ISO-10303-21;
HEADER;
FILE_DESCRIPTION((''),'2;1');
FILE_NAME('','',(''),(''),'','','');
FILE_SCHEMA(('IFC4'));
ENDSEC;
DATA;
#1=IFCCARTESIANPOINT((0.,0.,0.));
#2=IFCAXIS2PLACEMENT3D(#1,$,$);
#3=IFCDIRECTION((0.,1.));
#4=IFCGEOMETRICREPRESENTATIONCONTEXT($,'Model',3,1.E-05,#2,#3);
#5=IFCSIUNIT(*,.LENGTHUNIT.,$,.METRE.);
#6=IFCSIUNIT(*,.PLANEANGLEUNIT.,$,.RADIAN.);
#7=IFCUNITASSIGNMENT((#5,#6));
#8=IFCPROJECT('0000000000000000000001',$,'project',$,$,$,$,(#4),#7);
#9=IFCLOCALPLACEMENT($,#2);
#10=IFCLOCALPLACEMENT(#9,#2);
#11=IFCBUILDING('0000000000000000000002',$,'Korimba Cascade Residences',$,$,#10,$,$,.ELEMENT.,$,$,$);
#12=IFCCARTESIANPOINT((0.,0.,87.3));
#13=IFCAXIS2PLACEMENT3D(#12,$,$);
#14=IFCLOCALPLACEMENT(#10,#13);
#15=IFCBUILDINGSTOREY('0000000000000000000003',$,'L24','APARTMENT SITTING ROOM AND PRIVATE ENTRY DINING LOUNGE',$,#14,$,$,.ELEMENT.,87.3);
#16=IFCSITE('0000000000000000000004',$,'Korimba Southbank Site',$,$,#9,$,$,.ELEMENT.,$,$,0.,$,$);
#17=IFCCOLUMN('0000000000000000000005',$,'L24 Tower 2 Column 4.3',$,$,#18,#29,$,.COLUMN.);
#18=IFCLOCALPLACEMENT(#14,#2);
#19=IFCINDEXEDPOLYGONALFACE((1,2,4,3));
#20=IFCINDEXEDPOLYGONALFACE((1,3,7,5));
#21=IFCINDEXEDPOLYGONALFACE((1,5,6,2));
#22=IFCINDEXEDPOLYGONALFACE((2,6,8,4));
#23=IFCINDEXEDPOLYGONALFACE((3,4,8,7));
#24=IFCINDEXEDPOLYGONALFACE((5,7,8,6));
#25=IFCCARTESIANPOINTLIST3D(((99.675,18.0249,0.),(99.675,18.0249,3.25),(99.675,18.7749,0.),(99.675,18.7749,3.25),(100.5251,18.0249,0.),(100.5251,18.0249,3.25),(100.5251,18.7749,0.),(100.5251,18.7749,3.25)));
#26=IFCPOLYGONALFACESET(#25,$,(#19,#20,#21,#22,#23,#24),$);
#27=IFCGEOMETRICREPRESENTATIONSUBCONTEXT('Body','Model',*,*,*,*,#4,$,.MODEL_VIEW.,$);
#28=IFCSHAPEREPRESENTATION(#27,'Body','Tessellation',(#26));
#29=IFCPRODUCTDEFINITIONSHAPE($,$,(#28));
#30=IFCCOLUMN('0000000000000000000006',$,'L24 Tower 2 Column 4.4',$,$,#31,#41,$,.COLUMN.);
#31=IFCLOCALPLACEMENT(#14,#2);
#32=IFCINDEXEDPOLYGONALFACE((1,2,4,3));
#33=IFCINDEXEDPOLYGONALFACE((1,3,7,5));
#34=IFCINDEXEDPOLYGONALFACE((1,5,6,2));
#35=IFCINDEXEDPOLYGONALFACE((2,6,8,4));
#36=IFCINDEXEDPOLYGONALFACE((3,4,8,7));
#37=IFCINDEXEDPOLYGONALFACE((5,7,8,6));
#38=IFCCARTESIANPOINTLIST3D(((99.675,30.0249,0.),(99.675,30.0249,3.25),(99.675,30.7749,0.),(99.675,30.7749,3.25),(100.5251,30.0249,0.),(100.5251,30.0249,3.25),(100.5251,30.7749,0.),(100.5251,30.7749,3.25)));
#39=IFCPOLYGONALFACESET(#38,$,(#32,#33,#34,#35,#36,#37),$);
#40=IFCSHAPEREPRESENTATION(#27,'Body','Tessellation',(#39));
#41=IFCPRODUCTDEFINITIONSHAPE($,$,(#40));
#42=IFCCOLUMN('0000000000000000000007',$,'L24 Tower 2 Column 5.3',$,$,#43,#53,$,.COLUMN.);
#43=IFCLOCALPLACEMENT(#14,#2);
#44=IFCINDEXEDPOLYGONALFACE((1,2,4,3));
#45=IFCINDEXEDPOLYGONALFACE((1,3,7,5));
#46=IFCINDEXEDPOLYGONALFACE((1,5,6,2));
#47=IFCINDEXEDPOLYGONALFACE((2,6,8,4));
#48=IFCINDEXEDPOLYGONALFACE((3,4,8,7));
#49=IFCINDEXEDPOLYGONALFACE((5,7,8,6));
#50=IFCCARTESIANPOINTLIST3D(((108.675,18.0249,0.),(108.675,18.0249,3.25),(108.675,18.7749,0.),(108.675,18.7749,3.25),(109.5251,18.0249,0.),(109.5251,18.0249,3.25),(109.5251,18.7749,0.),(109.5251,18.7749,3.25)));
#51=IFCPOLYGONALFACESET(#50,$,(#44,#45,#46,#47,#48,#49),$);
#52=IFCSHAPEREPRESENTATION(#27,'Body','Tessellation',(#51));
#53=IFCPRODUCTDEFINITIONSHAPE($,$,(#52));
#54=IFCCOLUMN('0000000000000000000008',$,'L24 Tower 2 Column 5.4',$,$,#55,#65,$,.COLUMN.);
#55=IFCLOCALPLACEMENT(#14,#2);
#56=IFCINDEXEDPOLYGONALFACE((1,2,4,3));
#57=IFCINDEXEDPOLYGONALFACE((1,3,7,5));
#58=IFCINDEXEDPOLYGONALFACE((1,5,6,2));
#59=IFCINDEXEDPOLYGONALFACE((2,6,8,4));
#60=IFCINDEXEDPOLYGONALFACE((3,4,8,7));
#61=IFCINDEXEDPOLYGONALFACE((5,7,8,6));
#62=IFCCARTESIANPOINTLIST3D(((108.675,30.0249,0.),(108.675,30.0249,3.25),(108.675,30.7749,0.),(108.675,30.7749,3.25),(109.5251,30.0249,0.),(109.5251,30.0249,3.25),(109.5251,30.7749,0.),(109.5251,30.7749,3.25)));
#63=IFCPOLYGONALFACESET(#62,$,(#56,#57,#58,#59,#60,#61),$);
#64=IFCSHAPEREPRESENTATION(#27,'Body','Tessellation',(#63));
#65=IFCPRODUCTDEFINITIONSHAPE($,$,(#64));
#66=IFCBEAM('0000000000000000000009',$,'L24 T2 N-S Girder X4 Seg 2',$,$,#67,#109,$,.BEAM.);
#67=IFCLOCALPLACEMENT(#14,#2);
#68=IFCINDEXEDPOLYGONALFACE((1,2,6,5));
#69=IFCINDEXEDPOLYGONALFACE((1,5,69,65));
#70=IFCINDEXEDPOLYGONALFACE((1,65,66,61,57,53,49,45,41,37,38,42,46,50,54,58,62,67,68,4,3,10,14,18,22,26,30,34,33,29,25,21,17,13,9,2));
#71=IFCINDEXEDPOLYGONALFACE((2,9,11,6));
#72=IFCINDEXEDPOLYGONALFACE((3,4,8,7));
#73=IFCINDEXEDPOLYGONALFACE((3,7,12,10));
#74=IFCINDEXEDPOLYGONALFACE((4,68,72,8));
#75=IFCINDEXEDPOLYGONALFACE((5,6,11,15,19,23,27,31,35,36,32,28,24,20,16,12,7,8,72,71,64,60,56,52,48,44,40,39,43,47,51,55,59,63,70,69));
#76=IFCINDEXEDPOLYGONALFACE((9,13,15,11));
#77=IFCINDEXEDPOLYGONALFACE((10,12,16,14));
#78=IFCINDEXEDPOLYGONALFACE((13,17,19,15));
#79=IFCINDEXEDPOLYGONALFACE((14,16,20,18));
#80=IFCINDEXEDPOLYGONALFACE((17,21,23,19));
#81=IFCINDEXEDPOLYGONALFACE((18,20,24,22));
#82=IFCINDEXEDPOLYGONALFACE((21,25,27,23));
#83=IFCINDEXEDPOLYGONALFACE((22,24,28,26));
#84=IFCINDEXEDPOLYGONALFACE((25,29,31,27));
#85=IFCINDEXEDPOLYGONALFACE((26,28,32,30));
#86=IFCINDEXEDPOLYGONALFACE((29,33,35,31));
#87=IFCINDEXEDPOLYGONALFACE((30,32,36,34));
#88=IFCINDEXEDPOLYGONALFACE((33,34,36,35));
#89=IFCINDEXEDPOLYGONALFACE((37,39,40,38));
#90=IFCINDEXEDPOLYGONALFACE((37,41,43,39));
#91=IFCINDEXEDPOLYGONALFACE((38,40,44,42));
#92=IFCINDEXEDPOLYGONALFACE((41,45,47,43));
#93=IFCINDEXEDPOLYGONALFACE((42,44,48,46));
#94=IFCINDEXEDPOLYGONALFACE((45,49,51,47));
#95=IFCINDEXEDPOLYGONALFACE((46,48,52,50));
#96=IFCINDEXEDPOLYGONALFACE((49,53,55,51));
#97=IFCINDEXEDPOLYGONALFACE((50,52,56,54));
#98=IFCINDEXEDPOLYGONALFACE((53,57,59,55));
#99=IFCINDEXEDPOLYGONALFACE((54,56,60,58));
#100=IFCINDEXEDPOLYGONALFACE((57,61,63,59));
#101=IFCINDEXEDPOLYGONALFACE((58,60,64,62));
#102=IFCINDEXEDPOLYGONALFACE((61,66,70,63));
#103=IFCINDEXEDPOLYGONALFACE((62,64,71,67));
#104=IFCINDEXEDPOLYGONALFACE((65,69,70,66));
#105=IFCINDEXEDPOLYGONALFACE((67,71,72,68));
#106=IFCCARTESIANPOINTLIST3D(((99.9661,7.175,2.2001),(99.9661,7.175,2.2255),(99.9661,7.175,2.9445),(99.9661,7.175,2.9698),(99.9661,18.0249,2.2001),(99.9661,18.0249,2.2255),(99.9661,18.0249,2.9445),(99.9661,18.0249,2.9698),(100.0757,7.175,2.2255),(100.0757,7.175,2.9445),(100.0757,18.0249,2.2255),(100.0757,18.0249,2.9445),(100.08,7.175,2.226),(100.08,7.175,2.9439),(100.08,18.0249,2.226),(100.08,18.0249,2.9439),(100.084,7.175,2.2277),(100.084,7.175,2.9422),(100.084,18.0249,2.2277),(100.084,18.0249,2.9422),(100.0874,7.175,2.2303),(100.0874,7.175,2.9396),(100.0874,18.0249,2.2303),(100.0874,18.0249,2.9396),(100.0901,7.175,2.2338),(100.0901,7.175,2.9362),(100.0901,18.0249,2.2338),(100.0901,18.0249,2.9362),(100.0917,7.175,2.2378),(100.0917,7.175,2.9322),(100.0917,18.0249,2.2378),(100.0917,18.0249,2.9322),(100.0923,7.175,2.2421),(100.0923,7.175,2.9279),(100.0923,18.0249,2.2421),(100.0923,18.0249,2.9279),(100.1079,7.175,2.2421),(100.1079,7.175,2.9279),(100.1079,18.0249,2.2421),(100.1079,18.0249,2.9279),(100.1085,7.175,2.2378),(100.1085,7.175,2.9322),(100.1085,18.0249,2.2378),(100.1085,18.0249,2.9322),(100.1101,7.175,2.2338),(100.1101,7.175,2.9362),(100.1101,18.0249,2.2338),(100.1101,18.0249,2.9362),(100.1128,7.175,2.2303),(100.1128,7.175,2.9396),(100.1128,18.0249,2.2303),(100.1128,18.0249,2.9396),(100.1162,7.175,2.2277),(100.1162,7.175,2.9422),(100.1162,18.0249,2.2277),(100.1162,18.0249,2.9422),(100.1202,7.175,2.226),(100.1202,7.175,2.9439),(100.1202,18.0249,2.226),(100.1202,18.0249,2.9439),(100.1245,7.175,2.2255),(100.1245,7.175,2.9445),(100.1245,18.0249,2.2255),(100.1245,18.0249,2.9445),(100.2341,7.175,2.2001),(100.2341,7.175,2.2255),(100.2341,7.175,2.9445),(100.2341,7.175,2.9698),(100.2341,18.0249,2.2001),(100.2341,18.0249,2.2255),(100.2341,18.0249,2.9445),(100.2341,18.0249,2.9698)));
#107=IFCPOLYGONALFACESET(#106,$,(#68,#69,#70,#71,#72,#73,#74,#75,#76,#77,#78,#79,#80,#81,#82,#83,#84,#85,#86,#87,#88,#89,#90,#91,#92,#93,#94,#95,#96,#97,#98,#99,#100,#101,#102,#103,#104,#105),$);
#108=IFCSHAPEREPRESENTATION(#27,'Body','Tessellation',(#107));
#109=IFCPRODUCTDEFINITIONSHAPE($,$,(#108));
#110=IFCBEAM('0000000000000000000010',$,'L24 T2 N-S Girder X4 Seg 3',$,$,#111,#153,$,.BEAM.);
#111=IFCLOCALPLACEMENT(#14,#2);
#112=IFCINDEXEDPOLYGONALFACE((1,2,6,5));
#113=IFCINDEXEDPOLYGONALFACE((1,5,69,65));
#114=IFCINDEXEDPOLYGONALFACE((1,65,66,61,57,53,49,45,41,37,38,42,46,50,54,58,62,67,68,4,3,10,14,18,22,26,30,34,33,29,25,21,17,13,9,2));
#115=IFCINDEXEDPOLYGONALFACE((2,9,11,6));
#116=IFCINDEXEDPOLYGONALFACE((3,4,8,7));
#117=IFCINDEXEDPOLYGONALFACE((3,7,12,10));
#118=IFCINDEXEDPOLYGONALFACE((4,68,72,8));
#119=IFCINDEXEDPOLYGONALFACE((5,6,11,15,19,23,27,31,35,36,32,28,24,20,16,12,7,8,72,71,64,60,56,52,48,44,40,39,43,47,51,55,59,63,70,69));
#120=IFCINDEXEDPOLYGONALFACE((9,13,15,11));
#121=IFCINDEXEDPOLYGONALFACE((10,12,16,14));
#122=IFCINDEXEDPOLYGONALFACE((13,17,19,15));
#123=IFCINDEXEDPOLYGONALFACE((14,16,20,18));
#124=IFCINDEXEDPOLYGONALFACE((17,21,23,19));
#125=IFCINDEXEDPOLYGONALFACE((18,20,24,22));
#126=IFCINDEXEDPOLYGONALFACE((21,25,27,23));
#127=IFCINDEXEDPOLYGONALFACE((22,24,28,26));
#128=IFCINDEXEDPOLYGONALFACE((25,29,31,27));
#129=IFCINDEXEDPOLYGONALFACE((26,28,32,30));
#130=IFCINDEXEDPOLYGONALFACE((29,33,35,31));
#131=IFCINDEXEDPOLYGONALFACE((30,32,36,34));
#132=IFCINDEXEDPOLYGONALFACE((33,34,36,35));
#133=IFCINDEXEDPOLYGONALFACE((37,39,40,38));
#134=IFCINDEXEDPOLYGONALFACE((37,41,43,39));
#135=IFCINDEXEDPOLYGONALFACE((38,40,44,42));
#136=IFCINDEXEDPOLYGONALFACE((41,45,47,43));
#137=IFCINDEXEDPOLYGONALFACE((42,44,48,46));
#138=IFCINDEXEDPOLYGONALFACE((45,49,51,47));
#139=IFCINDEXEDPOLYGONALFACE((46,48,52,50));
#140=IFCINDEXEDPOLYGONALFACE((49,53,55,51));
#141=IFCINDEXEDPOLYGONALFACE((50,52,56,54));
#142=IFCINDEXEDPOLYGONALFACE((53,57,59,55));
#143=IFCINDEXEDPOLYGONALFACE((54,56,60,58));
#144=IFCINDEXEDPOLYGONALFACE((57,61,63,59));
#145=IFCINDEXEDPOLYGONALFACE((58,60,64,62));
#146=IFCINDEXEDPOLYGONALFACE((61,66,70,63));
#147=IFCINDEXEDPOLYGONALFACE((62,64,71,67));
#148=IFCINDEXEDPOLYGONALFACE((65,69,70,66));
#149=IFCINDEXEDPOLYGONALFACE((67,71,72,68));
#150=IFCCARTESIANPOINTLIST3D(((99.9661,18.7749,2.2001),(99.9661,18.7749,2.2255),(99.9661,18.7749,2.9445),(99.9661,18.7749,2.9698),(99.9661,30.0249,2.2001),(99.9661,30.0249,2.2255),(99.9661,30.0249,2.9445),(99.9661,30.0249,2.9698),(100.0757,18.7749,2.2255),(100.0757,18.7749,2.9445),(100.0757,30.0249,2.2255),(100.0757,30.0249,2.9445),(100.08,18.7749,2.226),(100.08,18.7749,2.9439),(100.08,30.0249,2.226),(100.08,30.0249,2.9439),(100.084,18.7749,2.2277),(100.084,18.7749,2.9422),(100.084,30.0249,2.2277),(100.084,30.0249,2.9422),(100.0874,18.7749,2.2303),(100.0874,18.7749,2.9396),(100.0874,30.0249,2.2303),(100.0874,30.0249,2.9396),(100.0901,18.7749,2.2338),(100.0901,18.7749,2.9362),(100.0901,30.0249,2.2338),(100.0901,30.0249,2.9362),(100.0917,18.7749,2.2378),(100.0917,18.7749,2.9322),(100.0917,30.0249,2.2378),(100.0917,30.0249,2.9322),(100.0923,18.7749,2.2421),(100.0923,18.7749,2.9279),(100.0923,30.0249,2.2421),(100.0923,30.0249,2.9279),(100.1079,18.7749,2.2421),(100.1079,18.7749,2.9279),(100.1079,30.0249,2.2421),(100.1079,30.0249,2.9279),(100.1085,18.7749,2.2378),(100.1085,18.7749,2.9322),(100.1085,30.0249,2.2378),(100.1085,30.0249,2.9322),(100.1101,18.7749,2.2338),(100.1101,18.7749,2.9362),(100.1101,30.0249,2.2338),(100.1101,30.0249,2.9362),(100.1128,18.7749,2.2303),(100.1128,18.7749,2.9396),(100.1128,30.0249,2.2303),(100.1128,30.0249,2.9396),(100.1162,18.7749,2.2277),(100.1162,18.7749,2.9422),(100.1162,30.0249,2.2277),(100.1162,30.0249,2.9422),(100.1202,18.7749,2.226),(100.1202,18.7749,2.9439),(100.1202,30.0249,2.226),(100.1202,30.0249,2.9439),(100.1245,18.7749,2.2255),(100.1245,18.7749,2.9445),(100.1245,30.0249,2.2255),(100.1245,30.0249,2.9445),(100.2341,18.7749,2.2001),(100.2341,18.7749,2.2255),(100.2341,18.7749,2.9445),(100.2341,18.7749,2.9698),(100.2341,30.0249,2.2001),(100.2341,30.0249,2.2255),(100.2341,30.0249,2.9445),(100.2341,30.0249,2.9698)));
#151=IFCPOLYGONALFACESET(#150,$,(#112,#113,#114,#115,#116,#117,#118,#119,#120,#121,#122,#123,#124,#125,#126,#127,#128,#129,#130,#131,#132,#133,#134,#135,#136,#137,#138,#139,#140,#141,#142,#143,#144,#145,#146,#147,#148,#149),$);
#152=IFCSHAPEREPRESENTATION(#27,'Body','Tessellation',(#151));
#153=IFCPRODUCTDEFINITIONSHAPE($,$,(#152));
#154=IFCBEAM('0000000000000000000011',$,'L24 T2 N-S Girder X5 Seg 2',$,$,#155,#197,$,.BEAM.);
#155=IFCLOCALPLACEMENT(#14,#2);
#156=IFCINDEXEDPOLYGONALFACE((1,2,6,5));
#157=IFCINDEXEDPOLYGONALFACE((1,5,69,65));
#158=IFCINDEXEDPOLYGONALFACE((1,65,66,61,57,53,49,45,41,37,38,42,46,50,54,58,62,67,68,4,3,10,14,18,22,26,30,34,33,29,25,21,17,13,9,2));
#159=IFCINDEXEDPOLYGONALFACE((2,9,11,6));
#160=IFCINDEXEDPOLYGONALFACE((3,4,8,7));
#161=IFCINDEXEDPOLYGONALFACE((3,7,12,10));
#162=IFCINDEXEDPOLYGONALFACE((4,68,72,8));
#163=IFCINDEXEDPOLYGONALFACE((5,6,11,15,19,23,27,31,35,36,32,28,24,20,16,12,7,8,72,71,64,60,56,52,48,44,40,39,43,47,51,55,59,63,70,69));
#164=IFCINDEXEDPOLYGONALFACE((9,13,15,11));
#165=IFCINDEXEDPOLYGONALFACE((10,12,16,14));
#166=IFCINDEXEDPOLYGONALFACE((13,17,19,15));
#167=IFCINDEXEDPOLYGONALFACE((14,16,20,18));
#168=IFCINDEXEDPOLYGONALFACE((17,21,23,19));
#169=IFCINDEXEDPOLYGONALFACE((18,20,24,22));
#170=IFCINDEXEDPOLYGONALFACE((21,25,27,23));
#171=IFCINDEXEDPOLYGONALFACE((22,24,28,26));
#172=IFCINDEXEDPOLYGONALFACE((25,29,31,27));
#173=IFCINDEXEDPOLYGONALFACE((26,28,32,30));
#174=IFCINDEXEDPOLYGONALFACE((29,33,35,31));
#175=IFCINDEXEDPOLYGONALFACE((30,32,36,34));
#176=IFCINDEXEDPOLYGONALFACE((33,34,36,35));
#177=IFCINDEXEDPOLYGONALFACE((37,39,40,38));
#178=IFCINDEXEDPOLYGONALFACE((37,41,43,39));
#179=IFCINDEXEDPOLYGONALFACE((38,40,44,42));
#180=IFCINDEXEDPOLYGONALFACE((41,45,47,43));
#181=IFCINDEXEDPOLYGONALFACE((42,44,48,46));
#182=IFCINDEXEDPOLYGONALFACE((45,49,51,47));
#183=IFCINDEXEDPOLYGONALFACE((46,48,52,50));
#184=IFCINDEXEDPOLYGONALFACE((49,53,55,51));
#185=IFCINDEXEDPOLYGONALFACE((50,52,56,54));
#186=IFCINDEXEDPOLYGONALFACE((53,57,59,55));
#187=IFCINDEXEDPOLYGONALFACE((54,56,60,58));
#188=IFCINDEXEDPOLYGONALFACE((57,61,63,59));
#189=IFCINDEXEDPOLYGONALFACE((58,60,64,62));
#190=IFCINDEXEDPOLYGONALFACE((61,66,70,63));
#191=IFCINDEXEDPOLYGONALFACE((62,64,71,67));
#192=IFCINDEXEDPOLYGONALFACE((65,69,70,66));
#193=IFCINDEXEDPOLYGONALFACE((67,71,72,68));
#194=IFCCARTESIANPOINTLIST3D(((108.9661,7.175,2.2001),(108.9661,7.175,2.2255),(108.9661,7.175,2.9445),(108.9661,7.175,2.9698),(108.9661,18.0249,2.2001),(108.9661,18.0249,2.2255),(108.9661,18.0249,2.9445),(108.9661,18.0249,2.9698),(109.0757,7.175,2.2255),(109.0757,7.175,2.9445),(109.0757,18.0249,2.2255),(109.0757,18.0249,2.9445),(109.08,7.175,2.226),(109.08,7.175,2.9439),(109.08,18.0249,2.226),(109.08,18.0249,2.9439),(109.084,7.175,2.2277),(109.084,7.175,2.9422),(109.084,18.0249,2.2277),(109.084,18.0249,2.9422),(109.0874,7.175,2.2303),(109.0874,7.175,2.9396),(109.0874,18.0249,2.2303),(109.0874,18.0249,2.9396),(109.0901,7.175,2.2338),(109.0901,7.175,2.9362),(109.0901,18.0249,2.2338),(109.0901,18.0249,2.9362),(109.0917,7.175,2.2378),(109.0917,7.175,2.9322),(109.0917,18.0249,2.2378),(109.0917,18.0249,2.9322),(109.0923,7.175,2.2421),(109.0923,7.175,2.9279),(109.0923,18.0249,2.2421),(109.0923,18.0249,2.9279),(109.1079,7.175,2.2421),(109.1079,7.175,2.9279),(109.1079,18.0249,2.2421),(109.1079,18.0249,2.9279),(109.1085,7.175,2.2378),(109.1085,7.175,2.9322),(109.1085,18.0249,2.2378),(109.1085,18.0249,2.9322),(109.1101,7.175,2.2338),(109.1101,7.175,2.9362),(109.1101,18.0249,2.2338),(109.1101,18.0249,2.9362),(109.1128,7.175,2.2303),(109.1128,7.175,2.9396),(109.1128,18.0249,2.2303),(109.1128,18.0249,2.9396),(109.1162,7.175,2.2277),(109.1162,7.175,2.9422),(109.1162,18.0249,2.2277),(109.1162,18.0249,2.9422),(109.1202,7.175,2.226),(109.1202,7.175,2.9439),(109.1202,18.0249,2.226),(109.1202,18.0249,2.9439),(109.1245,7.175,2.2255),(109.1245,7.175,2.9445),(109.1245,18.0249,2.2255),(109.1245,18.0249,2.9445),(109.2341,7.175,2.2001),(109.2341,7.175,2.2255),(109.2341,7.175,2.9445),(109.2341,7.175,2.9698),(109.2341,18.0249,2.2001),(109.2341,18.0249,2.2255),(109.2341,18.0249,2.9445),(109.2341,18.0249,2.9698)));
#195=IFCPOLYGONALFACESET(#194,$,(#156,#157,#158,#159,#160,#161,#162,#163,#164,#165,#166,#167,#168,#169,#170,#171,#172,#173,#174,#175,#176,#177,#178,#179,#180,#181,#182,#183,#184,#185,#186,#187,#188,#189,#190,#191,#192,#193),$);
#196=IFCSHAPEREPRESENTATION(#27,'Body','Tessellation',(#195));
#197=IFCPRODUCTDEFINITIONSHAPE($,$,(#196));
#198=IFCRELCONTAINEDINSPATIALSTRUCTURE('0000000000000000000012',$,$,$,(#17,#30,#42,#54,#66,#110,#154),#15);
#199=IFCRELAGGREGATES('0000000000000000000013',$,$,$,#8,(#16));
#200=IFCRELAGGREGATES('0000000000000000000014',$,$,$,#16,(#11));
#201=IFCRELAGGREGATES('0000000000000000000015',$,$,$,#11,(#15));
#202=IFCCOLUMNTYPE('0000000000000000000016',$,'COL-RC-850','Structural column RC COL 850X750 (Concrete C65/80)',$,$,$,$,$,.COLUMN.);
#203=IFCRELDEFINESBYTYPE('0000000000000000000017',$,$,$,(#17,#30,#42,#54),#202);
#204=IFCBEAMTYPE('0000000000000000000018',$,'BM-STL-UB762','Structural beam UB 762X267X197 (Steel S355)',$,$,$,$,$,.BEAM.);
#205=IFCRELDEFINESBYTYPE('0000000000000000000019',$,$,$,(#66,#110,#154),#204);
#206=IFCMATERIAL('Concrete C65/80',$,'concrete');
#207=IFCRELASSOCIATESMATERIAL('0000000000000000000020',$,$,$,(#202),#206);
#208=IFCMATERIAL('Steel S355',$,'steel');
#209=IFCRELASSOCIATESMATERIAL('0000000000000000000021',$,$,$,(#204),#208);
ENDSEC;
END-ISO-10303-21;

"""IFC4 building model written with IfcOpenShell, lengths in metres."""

from ifc_helpers import new_model, si_unit, direction, frame, origin, origin_2d, place, context, subcontext, project, spatial, rectangle, i_section, extrude, material, material_profile, profile_set, type_object, element, save


model = new_model("IFC4")

# Units and contexts
model_context = context("Model", 3, precision=1e-05, world=origin(), true_north=direction((0.0, 1.0)))
body_context = subcontext(model_context, "Body", "Model", "MODEL_VIEW")
ifc_project = project(units=[si_unit("LENGTHUNIT", "METRE"), si_unit("PLANEANGLEUNIT", "RADIAN")], contexts=[model_context])

# Site, building, storey
site_placement = place(None, origin())
site = spatial("IfcSite", under=ifc_project, at=site_placement, Name="Korimba Southbank Site", CompositionType="ELEMENT", RefElevation=0.0)
building_placement = place(site_placement, origin())
building = spatial("IfcBuilding", under=site, at=building_placement, Name="Korimba Cascade Residences", CompositionType="ELEMENT")
storey_placement = place(building_placement, frame((0.0, 0.0, 87.3)))
storey = spatial("IfcBuildingStorey", under=building, at=storey_placement, Name="L24", Description="APARTMENT SITTING ROOM AND PRIVATE ENTRY DINING LOUNGE", CompositionType="ELEMENT", Elevation=87.3)

# Columns
ifc_material_1 = material(Name="Concrete C65/80", Category="concrete")
ifc_material_profile_1 = material_profile(ifc_material_1, rectangle(XDim=0.8501, YDim=0.75, at=origin_2d()), Name="Concrete C65/80")
ifc_profile_set_1 = profile_set([ifc_material_profile_1], Name="Concrete C65/80")
column_type = type_object("IfcColumnType", Name="COL-RC-850", Description="Structural column RC COL 850X750 (Concrete C65/80)", PredefinedType="COLUMN", material=ifc_profile_set_1)
for number, where, z_axis, x_axis, name in (
    (1, (100.1001, 18.3999, 0.0), (0.0, 0.0, 1.0), (1.0, 0.0, 0.0), "L24 Tower 2 Column 4.3"),
    (2, (100.1001, 30.3999, 0.0), (0.0, 0.0, 1.0), (1.0, 0.0, 0.0), "L24 Tower 2 Column 4.4"),
    (3, (109.1001, 18.3999, 0.0), (0.0, 0.0, 1.0), (1.0, 0.0, 0.0), "L24 Tower 2 Column 5.3"),
    (4, (109.1001, 30.3999, 0.0), (0.0, 0.0, 1.0), (1.0, 0.0, 0.0), "L24 Tower 2 Column 5.4"),
):
    element("IfcColumn", number, at=place(storey_placement, frame(where, z_axis=z_axis, x_axis=x_axis)), inside=storey, type_object=column_type, Name=name, PredefinedType="COLUMN", context=body_context, shape_type="SweptSolid", body=[
        extrude(rectangle(XDim=0.8501, YDim=0.75, at=origin_2d()), origin(), (0.0, 0.0, 1.0), 3.25),
    ])

# Beams
ifc_material_2 = material(Name="Steel S355", Category="steel")
ifc_material_profile_2 = material_profile(ifc_material_2, i_section(OverallWidth=0.2681, OverallDepth=0.7698, WebThickness=0.0156, FlangeThickness=0.0254, FilletRadius=0.0166, at=origin_2d()), Name="Steel S355")
ifc_profile_set_2 = profile_set([ifc_material_profile_2], Name="Steel S355")
beam_type = type_object("IfcBeamType", Name="BM-STL-UB762", Description="Structural beam UB 762X267X197 (Steel S355)", PredefinedType="BEAM", material=ifc_profile_set_2)
beam_1_placement = place(storey_placement, frame((100.1001, 7.175, 2.585), z_axis=(0.0, 1.0, 0.0), x_axis=(-1.0, 0.0, 0.0)))
element("IfcBeam", 5, at=beam_1_placement, inside=storey, type_object=beam_type, Name="L24 T2 N-S Girder X4 Seg 2", PredefinedType="BEAM", context=body_context, shape_type="SweptSolid", body=[
    extrude(i_section(OverallWidth=0.2681, OverallDepth=0.7698, WebThickness=0.0156, FlangeThickness=0.0254, FilletRadius=0.0166, at=origin_2d()), origin(), (0.0, 0.0, 1.0), 10.8499),
])
beam_2_placement = place(storey_placement, frame((100.1001, 18.7749, 2.585), z_axis=(0.0, 1.0, 0.0), x_axis=(-1.0, 0.0, 0.0)))
element("IfcBeam", 6, at=beam_2_placement, inside=storey, type_object=beam_type, Name="L24 T2 N-S Girder X4 Seg 3", PredefinedType="BEAM", context=body_context, shape_type="SweptSolid", body=[
    extrude(i_section(OverallWidth=0.2681, OverallDepth=0.7698, WebThickness=0.0156, FlangeThickness=0.0254, FilletRadius=0.0166, at=origin_2d()), origin(), (0.0, 0.0, 1.0), 11.25),
])
beam_3_placement = place(storey_placement, frame((109.1001, 7.175, 2.585), z_axis=(0.0, 1.0, 0.0), x_axis=(-1.0, 0.0, 0.0)))
element("IfcBeam", 7, at=beam_3_placement, inside=storey, type_object=beam_type, Name="L24 T2 N-S Girder X5 Seg 2", PredefinedType="BEAM", context=body_context, shape_type="SweptSolid", body=[
    extrude(i_section(OverallWidth=0.2681, OverallDepth=0.7698, WebThickness=0.0156, FlangeThickness=0.0254, FilletRadius=0.0166, at=origin_2d()), origin(), (0.0, 0.0, 1.0), 10.8499),
])

save(model, "model.ifc")
